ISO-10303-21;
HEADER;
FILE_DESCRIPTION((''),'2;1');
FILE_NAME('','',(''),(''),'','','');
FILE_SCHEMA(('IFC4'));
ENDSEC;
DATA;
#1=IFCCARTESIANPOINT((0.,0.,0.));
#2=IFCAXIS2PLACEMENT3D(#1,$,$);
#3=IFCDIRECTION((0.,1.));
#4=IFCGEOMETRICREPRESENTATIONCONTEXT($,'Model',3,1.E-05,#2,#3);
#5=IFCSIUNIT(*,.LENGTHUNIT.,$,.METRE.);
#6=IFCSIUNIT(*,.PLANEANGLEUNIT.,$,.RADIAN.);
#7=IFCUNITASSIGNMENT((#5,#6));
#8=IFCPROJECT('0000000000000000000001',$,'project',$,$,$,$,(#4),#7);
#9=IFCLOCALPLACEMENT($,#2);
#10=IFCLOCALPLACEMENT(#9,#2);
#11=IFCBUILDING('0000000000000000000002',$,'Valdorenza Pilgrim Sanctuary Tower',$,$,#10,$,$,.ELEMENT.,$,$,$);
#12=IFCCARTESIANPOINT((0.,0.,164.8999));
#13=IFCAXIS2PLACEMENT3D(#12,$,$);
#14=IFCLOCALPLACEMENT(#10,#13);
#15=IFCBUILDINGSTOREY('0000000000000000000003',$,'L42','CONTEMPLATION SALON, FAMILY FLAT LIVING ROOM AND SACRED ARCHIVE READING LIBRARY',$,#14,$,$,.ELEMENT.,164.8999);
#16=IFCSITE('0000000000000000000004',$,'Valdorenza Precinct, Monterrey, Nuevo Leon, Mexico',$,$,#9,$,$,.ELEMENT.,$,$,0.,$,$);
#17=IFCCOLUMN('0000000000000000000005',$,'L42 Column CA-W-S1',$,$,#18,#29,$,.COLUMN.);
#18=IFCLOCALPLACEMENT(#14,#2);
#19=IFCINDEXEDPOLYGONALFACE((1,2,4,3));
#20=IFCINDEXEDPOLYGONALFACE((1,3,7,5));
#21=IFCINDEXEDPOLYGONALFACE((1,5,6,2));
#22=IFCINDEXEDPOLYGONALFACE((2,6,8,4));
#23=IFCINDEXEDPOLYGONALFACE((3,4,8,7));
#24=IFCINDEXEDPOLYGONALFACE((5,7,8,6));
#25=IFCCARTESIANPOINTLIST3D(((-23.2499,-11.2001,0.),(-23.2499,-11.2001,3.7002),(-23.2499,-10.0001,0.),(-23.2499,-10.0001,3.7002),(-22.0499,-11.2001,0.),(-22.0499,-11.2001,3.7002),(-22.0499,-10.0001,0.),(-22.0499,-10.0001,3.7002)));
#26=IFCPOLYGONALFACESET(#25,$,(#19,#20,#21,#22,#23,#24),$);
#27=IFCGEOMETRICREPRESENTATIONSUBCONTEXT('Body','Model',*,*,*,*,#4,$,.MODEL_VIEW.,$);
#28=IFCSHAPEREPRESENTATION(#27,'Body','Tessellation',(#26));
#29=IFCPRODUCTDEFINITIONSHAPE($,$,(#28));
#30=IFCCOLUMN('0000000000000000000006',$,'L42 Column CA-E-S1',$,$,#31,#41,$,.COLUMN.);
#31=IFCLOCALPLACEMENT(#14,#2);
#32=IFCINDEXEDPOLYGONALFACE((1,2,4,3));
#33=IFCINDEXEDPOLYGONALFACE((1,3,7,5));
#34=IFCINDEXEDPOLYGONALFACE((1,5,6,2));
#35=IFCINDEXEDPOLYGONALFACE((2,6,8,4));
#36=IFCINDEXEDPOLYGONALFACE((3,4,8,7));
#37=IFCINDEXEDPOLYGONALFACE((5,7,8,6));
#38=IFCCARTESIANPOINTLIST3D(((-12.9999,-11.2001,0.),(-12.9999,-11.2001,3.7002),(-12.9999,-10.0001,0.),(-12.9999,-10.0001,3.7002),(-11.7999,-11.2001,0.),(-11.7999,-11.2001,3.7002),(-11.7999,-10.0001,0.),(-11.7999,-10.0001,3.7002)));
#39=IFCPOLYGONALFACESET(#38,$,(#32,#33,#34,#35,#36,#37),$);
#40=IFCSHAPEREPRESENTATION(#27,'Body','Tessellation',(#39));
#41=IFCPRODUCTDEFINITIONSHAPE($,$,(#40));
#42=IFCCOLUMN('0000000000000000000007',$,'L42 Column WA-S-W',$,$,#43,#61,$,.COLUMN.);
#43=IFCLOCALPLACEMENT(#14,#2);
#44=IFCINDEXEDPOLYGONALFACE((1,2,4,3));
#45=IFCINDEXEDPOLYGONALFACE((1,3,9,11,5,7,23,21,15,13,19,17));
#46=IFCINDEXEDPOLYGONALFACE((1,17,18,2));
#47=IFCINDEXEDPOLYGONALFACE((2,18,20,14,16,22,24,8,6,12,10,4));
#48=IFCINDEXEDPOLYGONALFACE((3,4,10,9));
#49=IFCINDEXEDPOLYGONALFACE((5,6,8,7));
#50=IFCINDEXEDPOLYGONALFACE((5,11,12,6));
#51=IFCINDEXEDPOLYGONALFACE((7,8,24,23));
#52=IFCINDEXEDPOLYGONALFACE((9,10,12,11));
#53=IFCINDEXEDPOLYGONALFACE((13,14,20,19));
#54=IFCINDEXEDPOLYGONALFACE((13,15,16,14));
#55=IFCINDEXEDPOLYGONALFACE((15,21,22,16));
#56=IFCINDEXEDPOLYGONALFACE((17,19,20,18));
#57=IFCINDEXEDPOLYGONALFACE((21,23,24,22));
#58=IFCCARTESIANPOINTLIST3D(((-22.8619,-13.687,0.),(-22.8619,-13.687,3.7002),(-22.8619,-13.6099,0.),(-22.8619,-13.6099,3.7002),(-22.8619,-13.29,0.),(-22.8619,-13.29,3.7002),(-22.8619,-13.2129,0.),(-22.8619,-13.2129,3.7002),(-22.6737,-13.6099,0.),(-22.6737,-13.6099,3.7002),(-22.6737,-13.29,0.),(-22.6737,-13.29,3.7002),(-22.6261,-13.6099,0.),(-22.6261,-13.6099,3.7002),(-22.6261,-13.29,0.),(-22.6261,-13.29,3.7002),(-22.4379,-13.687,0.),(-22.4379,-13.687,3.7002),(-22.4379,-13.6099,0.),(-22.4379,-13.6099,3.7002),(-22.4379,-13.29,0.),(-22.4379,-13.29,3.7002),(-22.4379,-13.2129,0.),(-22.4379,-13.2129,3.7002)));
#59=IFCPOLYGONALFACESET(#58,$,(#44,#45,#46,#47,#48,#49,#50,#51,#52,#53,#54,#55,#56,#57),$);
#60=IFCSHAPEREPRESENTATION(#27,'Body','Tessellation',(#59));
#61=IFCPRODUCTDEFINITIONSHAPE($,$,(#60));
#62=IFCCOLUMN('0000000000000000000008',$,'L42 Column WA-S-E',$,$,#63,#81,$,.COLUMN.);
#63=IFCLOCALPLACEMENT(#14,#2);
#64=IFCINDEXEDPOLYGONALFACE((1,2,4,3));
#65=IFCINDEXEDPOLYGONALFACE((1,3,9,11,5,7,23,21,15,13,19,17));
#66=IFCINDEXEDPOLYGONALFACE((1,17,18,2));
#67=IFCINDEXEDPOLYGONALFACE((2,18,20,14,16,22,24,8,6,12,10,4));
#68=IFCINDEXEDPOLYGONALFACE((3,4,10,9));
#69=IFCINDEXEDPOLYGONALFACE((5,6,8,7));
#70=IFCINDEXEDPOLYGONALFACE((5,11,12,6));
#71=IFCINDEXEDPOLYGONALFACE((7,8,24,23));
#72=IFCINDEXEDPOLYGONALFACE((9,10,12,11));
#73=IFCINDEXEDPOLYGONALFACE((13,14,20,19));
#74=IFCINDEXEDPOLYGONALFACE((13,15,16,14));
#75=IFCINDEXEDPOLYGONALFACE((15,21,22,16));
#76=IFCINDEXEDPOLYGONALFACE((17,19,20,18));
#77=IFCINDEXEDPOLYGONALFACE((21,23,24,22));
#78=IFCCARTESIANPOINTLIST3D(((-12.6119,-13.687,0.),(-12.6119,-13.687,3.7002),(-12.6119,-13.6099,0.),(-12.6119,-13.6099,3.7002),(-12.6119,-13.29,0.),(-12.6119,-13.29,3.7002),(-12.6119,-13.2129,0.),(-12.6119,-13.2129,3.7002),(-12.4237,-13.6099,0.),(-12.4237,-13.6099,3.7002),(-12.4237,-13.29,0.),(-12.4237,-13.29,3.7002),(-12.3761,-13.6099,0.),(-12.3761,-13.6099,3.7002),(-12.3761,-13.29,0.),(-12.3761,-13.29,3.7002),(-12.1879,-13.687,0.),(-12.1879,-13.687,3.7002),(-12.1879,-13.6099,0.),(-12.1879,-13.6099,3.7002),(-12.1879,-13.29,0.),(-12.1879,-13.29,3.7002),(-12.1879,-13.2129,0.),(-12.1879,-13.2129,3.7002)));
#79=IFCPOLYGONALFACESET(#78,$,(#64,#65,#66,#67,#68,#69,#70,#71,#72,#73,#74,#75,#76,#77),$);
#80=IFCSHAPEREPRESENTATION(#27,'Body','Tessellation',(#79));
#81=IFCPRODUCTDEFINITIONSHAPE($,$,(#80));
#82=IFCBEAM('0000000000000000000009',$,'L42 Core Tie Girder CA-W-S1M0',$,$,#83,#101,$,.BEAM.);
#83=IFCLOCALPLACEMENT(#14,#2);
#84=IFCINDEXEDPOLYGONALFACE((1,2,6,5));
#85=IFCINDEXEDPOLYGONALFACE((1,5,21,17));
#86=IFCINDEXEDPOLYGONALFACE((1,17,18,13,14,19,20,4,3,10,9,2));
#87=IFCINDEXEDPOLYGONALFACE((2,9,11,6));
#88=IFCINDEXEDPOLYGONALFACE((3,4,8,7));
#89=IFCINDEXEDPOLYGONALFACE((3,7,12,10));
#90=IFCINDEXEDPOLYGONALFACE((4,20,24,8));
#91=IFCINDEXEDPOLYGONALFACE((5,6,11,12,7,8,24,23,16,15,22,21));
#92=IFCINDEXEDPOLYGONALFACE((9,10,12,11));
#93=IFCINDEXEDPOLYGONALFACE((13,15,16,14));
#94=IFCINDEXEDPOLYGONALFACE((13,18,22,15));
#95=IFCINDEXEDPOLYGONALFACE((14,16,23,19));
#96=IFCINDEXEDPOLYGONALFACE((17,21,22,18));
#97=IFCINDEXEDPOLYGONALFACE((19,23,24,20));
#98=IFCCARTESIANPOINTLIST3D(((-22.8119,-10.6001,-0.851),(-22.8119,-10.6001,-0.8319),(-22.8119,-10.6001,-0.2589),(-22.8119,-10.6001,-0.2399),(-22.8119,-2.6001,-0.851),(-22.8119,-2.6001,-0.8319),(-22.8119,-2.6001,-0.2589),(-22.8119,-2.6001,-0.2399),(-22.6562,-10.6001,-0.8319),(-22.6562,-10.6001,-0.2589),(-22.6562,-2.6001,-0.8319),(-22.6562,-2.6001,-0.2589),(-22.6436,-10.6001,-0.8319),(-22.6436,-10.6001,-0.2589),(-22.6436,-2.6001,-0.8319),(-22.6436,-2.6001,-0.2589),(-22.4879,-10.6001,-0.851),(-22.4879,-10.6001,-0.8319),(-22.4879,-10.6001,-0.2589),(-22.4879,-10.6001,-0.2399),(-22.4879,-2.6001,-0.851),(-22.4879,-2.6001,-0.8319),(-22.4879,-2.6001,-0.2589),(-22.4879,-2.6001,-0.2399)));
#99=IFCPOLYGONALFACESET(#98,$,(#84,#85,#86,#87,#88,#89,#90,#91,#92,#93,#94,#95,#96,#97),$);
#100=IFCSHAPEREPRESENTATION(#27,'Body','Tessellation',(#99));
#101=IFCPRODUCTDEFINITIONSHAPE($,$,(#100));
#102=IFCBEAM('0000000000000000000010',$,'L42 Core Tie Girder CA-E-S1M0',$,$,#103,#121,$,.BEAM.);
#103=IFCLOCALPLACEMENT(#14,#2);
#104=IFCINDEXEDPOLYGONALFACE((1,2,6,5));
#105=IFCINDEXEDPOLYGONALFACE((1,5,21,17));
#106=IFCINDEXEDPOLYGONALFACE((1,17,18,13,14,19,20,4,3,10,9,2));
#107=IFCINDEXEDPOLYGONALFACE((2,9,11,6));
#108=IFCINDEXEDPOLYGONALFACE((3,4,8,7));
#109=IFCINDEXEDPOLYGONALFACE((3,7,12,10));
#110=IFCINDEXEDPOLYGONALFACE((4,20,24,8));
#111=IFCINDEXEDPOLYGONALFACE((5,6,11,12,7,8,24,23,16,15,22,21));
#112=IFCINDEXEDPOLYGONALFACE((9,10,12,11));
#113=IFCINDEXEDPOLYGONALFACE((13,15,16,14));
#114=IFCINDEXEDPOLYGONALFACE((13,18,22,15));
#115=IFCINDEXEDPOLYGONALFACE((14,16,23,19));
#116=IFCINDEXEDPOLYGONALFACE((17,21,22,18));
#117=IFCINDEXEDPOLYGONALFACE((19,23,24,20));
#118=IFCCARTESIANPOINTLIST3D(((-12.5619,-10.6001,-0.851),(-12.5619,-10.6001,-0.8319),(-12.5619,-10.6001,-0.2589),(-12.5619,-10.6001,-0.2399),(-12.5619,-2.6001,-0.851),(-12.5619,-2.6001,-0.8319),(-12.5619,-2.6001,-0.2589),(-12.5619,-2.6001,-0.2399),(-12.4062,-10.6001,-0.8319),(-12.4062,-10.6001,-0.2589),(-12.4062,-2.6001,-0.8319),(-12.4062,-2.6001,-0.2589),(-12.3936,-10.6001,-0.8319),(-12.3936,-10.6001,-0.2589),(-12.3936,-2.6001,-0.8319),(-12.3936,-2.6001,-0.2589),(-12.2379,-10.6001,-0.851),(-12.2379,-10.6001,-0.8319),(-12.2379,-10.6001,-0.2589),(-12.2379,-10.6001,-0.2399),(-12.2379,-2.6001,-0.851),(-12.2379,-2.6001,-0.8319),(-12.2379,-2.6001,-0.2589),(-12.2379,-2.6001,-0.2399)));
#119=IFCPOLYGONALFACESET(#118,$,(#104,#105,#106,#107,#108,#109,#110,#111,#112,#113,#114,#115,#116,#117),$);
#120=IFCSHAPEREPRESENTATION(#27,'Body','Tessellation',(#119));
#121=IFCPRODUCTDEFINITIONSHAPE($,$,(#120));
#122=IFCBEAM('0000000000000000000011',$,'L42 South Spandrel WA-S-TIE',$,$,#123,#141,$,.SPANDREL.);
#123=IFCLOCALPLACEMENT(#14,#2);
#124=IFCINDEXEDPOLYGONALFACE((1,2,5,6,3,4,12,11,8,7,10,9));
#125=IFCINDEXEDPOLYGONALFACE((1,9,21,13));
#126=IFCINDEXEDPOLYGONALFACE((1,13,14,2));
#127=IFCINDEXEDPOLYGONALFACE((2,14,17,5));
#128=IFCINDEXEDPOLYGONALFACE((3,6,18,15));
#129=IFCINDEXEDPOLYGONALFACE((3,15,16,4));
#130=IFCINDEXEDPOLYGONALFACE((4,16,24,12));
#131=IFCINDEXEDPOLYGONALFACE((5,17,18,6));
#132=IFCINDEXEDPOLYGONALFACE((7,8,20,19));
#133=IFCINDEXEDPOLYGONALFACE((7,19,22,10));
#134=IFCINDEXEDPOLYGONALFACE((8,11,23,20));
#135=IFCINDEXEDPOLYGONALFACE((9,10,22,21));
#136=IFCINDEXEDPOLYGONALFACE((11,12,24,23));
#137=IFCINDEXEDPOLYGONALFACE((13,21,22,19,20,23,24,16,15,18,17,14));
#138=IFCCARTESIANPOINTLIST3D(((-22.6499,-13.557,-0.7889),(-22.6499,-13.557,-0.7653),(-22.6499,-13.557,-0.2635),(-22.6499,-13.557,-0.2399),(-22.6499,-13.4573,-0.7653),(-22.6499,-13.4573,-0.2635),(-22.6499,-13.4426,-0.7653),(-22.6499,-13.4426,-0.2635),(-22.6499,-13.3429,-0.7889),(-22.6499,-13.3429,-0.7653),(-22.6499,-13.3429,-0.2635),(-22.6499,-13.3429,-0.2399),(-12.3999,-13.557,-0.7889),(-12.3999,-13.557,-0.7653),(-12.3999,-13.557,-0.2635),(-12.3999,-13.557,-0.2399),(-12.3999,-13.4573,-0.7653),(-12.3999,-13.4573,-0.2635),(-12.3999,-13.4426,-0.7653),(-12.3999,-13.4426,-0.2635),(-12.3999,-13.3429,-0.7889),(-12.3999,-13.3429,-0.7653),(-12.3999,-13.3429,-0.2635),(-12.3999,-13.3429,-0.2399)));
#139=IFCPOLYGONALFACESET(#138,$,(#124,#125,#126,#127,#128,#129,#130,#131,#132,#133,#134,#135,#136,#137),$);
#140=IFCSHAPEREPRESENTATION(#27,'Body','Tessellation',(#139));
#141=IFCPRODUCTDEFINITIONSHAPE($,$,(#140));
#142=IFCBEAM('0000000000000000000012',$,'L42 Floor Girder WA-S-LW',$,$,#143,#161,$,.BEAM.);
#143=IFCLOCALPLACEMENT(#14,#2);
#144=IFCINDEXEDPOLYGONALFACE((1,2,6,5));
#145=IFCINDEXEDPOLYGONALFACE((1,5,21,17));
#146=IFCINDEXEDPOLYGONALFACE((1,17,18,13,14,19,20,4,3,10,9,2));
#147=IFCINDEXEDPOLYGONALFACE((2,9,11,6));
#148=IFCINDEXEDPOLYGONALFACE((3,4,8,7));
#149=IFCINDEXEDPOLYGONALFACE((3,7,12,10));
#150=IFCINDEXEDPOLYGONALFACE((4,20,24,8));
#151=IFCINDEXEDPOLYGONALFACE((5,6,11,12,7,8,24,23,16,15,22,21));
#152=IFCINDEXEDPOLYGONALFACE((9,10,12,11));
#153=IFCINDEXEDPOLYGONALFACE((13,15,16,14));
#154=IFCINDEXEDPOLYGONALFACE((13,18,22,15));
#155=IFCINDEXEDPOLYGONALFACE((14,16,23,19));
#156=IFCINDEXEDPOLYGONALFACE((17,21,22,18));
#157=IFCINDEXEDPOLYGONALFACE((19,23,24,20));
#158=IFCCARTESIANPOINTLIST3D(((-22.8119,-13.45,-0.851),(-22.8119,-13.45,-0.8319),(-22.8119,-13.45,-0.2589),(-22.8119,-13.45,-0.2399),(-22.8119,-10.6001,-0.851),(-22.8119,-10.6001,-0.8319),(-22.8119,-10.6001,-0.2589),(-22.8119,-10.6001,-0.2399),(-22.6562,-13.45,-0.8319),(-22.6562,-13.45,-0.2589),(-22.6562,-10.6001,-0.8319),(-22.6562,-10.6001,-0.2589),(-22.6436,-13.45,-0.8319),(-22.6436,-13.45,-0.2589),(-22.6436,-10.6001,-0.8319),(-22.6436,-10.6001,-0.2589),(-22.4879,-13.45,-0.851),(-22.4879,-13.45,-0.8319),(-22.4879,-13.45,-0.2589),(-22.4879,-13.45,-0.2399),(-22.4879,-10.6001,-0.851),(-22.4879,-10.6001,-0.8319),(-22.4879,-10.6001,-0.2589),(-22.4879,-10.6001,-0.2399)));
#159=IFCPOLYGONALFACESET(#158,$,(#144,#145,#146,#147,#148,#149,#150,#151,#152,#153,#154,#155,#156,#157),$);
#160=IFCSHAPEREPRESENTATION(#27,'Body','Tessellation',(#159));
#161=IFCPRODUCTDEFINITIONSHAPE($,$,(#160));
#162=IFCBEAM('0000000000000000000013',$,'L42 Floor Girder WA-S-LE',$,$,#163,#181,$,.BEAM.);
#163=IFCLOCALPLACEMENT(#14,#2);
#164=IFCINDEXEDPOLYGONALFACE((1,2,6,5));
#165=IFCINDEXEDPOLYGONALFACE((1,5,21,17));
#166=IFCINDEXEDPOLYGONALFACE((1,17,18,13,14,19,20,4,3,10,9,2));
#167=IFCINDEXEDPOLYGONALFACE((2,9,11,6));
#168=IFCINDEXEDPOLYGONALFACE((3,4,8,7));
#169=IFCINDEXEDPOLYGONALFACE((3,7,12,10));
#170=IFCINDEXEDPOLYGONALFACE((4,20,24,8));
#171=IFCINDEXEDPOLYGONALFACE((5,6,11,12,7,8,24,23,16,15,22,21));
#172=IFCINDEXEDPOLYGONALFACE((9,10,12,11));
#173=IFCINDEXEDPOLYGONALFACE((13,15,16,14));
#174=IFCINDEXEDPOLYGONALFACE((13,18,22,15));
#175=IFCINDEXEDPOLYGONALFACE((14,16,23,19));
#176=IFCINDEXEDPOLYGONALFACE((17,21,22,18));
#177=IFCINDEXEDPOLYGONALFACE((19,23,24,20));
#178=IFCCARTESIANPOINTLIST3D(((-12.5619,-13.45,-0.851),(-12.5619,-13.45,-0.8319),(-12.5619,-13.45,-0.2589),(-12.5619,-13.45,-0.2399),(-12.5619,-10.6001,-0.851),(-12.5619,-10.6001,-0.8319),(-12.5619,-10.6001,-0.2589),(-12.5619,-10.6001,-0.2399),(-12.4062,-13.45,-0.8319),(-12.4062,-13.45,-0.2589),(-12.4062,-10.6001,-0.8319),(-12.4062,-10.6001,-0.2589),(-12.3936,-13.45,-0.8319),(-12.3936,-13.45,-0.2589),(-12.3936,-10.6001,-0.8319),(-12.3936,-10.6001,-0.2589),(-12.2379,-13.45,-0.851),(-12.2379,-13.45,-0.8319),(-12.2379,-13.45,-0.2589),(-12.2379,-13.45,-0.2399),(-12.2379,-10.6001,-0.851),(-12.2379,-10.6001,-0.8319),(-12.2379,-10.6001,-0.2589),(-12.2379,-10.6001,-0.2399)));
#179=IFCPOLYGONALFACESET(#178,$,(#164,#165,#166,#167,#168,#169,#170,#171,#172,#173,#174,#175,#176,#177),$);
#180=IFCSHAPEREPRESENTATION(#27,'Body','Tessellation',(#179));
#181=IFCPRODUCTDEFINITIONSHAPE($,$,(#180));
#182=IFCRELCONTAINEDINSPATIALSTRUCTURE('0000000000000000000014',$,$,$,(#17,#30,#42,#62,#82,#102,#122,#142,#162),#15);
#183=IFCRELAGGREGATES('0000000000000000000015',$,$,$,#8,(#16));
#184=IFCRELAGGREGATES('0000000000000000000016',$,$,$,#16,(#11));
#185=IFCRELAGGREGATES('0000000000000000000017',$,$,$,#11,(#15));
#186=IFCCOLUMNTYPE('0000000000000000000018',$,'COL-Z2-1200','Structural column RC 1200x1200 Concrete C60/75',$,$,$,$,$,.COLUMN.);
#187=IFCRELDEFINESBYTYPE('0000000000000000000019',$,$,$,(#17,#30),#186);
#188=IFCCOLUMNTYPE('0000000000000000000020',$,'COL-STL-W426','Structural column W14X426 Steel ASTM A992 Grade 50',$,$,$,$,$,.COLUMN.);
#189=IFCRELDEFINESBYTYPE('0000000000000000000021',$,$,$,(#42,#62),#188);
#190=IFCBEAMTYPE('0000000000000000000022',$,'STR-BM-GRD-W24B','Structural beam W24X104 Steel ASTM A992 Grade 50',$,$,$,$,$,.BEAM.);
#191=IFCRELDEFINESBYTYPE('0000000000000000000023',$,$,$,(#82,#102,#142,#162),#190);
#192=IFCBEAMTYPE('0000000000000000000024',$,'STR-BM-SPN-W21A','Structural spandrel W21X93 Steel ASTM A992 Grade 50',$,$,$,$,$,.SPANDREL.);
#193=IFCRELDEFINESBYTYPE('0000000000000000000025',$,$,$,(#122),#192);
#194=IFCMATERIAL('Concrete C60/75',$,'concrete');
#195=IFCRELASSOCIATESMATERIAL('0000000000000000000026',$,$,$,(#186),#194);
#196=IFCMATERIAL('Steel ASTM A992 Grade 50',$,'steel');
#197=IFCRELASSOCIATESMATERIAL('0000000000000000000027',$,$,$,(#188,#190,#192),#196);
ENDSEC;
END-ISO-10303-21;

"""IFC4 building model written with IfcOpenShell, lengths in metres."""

from ifc_helpers import new_model, si_unit, direction, frame, origin, origin_2d, place, context, subcontext, project, spatial, rectangle, i_section, extrude, source, transform, mapped, material, material_profile, profile_set, type_object, element, save


model = new_model("IFC4")

# Units and contexts
model_context = context("Model", 3, precision=1e-05, world=origin(), true_north=direction((0.0, 1.0)))
body_context = subcontext(model_context, "Body", "Model", "MODEL_VIEW")
ifc_project = project(units=[si_unit("LENGTHUNIT", "METRE"), si_unit("PLANEANGLEUNIT", "RADIAN")], contexts=[model_context])

# Site, building, storey
site_placement = place(None, origin())
site = spatial("IfcSite", under=ifc_project, at=site_placement, Name="Valdorenza Precinct, Monterrey, Nuevo Leon, Mexico", CompositionType="ELEMENT", RefElevation=0.0)
building_placement = place(site_placement, origin())
building = spatial("IfcBuilding", under=site, at=building_placement, Name="Valdorenza Pilgrim Sanctuary Tower", CompositionType="ELEMENT")
storey_placement = place(building_placement, frame((0.0, 0.0, 164.8999)))
storey = spatial("IfcBuildingStorey", under=building, at=storey_placement, Name="L42", Description="CONTEMPLATION SALON, FAMILY FLAT LIVING ROOM AND SACRED ARCHIVE READING LIBRARY", CompositionType="ELEMENT", Elevation=164.8999)

# Columns
ifc_material_1 = material(Name="Concrete C60/75", Category="concrete")
ifc_material_profile_1 = material_profile(ifc_material_1, rectangle(XDim=1.2, YDim=1.2, at=origin_2d()), Name="RC 1200x1200")
ifc_profile_set_1 = profile_set([ifc_material_profile_1], Name="Concrete C60/75")
column_type_1 = type_object("IfcColumnType", Name="COL-Z2-1200", Description="Structural column RC 1200x1200 Concrete C60/75", PredefinedType="COLUMN", material=ifc_profile_set_1)
shared_shape_1 = source(origin(), body_context, "Body", "SweptSolid", [
    extrude(rectangle(XDim=1.2, YDim=1.2, at=origin_2d()), origin(), (0.0, 0.0, 1.0), 3.7002),
])
for number, where, z_axis, x_axis, name in (
    (1, (-22.6499, -10.6001, 0.0), (0.0, 0.0, 1.0), (1.0, 0.0, 0.0), "L42 Column CA-W-S1"),
    (2, (-12.3999, -10.6001, 0.0), (0.0, 0.0, 1.0), (1.0, 0.0, 0.0), "L42 Column CA-E-S1"),
):
    element("IfcColumn", number, at=place(storey_placement, frame(where, z_axis=z_axis, x_axis=x_axis)), inside=storey, type_object=column_type_1, Name=name, PredefinedType="COLUMN", context=body_context, shape_type="MappedRepresentation", body=[
        mapped(shared_shape_1, transform((0.0, 0.0, 0.0), x_axis=(1.0, 0.0, 0.0), y_axis=(0.0, 1.0, 0.0), z_axis=(0.0, 0.0, 1.0), scale=1.0)),
    ])
ifc_material_2 = material(Name="Steel ASTM A992 Grade 50", Category="steel")
ifc_material_profile_2 = material_profile(ifc_material_2, i_section(OverallWidth=0.4241, OverallDepth=0.4741, WebThickness=0.0476, FlangeThickness=0.0771, at=origin_2d()), Name="W14X426")
ifc_profile_set_2 = profile_set([ifc_material_profile_2], Name="Steel ASTM A992 Grade 50")
column_type_2 = type_object("IfcColumnType", Name="COL-STL-W426", Description="Structural column W14X426 Steel ASTM A992 Grade 50", PredefinedType="COLUMN", material=ifc_profile_set_2)
shared_shape_2 = source(origin(), body_context, "Body", "SweptSolid", [
    extrude(i_section(OverallWidth=0.4241, OverallDepth=0.4741, WebThickness=0.0476, FlangeThickness=0.0771, at=origin_2d()), origin(), (0.0, 0.0, 1.0), 3.7002),
])
for number, where, z_axis, x_axis, name in (
    (3, (-22.6499, -13.45, 0.0), (0.0, 0.0, 1.0), (1.0, 0.0, 0.0), "L42 Column WA-S-W"),
    (4, (-12.3999, -13.45, 0.0), (0.0, 0.0, 1.0), (1.0, 0.0, 0.0), "L42 Column WA-S-E"),
):
    element("IfcColumn", number, at=place(storey_placement, frame(where, z_axis=z_axis, x_axis=x_axis)), inside=storey, type_object=column_type_2, Name=name, PredefinedType="COLUMN", context=body_context, shape_type="MappedRepresentation", body=[
        mapped(shared_shape_2, transform((0.0, 0.0, 0.0), x_axis=(1.0, 0.0, 0.0), y_axis=(0.0, 1.0, 0.0), z_axis=(0.0, 0.0, 1.0), scale=1.0)),
    ])

# Beams
ifc_material_profile_3 = material_profile(ifc_material_2, i_section(OverallWidth=0.324, OverallDepth=0.6111, WebThickness=0.0127, FlangeThickness=0.019, at=origin_2d()), Name="W24X104")
ifc_profile_set_3 = profile_set([ifc_material_profile_3], Name="Steel ASTM A992 Grade 50")
beam_type_1 = type_object("IfcBeamType", Name="STR-BM-GRD-W24B", Description="Structural beam W24X104 Steel ASTM A992 Grade 50", PredefinedType="BEAM", material=ifc_profile_set_3)
shared_shape_3 = source(origin(), body_context, "Body", "SweptSolid", [
    extrude(i_section(OverallWidth=0.324, OverallDepth=0.6111, WebThickness=0.0127, FlangeThickness=0.019, at=origin_2d()), origin(), (0.0, 0.0, 1.0), 8.0),
])
for number, where, z_axis, x_axis, name in (
    (5, (-22.6499, -10.6001, -0.5454), (0.0, 1.0, 0.0), (-1.0, 0.0, 0.0), "L42 Core Tie Girder CA-W-S1M0"),
    (6, (-12.3999, -10.6001, -0.5454), (0.0, 1.0, 0.0), (-1.0, 0.0, 0.0), "L42 Core Tie Girder CA-E-S1M0"),
):
    element("IfcBeam", number, at=place(storey_placement, frame(where, z_axis=z_axis, x_axis=x_axis)), inside=storey, type_object=beam_type_1, Name=name, PredefinedType="BEAM", context=body_context, shape_type="MappedRepresentation", body=[
        mapped(shared_shape_3, transform((0.0, 0.0, 0.0), x_axis=(1.0, 0.0, 0.0), y_axis=(0.0, 1.0, 0.0), z_axis=(0.0, 0.0, 1.0), scale=1.0)),
    ])
ifc_material_profile_4 = material_profile(ifc_material_2, i_section(OverallWidth=0.2141, OverallDepth=0.5491, WebThickness=0.0146, FlangeThickness=0.0237, at=origin_2d()), Name="W21X93")
ifc_profile_set_4 = profile_set([ifc_material_profile_4], Name="Steel ASTM A992 Grade 50")
beam_type_2 = type_object("IfcBeamType", Name="STR-BM-SPN-W21A", Description="Structural spandrel W21X93 Steel ASTM A992 Grade 50", PredefinedType="SPANDREL", material=ifc_profile_set_4)
shared_shape_4 = source(origin(), body_context, "Body", "SweptSolid", [
    extrude(i_section(OverallWidth=0.2141, OverallDepth=0.5491, WebThickness=0.0146, FlangeThickness=0.0237, at=origin_2d()), origin(), (0.0, 0.0, 1.0), 10.25),
])
beam_1_placement = place(storey_placement, frame((-22.6499, -13.45, -0.5144), z_axis=(1.0, 0.0, 0.0), x_axis=(0.0, 1.0, 0.0)))
element("IfcBeam", 7, at=beam_1_placement, inside=storey, type_object=beam_type_2, Name="L42 South Spandrel WA-S-TIE", PredefinedType="SPANDREL", context=body_context, shape_type="MappedRepresentation", body=[
    mapped(shared_shape_4, transform((0.0, 0.0, 0.0), x_axis=(1.0, 0.0, 0.0), y_axis=(0.0, 1.0, 0.0), z_axis=(0.0, 0.0, 1.0), scale=1.0)),
])
shared_shape_5 = source(origin(), body_context, "Body", "SweptSolid", [
    extrude(i_section(OverallWidth=0.324, OverallDepth=0.6111, WebThickness=0.0127, FlangeThickness=0.019, at=origin_2d()), origin(), (0.0, 0.0, 1.0), 2.8499),
])
for number, where, z_axis, x_axis, name in (
    (8, (-22.6499, -13.45, -0.5454), (0.0, 1.0, 0.0), (-1.0, 0.0, 0.0), "L42 Floor Girder WA-S-LW"),
    (9, (-12.3999, -13.45, -0.5454), (0.0, 1.0, 0.0), (-1.0, 0.0, 0.0), "L42 Floor Girder WA-S-LE"),
):
    element("IfcBeam", number, at=place(storey_placement, frame(where, z_axis=z_axis, x_axis=x_axis)), inside=storey, type_object=beam_type_1, Name=name, PredefinedType="BEAM", context=body_context, shape_type="MappedRepresentation", body=[
        mapped(shared_shape_5, transform((0.0, 0.0, 0.0), x_axis=(1.0, 0.0, 0.0), y_axis=(0.0, 1.0, 0.0), z_axis=(0.0, 0.0, 1.0), scale=1.0)),
    ])

save(model, "model.ifc")
